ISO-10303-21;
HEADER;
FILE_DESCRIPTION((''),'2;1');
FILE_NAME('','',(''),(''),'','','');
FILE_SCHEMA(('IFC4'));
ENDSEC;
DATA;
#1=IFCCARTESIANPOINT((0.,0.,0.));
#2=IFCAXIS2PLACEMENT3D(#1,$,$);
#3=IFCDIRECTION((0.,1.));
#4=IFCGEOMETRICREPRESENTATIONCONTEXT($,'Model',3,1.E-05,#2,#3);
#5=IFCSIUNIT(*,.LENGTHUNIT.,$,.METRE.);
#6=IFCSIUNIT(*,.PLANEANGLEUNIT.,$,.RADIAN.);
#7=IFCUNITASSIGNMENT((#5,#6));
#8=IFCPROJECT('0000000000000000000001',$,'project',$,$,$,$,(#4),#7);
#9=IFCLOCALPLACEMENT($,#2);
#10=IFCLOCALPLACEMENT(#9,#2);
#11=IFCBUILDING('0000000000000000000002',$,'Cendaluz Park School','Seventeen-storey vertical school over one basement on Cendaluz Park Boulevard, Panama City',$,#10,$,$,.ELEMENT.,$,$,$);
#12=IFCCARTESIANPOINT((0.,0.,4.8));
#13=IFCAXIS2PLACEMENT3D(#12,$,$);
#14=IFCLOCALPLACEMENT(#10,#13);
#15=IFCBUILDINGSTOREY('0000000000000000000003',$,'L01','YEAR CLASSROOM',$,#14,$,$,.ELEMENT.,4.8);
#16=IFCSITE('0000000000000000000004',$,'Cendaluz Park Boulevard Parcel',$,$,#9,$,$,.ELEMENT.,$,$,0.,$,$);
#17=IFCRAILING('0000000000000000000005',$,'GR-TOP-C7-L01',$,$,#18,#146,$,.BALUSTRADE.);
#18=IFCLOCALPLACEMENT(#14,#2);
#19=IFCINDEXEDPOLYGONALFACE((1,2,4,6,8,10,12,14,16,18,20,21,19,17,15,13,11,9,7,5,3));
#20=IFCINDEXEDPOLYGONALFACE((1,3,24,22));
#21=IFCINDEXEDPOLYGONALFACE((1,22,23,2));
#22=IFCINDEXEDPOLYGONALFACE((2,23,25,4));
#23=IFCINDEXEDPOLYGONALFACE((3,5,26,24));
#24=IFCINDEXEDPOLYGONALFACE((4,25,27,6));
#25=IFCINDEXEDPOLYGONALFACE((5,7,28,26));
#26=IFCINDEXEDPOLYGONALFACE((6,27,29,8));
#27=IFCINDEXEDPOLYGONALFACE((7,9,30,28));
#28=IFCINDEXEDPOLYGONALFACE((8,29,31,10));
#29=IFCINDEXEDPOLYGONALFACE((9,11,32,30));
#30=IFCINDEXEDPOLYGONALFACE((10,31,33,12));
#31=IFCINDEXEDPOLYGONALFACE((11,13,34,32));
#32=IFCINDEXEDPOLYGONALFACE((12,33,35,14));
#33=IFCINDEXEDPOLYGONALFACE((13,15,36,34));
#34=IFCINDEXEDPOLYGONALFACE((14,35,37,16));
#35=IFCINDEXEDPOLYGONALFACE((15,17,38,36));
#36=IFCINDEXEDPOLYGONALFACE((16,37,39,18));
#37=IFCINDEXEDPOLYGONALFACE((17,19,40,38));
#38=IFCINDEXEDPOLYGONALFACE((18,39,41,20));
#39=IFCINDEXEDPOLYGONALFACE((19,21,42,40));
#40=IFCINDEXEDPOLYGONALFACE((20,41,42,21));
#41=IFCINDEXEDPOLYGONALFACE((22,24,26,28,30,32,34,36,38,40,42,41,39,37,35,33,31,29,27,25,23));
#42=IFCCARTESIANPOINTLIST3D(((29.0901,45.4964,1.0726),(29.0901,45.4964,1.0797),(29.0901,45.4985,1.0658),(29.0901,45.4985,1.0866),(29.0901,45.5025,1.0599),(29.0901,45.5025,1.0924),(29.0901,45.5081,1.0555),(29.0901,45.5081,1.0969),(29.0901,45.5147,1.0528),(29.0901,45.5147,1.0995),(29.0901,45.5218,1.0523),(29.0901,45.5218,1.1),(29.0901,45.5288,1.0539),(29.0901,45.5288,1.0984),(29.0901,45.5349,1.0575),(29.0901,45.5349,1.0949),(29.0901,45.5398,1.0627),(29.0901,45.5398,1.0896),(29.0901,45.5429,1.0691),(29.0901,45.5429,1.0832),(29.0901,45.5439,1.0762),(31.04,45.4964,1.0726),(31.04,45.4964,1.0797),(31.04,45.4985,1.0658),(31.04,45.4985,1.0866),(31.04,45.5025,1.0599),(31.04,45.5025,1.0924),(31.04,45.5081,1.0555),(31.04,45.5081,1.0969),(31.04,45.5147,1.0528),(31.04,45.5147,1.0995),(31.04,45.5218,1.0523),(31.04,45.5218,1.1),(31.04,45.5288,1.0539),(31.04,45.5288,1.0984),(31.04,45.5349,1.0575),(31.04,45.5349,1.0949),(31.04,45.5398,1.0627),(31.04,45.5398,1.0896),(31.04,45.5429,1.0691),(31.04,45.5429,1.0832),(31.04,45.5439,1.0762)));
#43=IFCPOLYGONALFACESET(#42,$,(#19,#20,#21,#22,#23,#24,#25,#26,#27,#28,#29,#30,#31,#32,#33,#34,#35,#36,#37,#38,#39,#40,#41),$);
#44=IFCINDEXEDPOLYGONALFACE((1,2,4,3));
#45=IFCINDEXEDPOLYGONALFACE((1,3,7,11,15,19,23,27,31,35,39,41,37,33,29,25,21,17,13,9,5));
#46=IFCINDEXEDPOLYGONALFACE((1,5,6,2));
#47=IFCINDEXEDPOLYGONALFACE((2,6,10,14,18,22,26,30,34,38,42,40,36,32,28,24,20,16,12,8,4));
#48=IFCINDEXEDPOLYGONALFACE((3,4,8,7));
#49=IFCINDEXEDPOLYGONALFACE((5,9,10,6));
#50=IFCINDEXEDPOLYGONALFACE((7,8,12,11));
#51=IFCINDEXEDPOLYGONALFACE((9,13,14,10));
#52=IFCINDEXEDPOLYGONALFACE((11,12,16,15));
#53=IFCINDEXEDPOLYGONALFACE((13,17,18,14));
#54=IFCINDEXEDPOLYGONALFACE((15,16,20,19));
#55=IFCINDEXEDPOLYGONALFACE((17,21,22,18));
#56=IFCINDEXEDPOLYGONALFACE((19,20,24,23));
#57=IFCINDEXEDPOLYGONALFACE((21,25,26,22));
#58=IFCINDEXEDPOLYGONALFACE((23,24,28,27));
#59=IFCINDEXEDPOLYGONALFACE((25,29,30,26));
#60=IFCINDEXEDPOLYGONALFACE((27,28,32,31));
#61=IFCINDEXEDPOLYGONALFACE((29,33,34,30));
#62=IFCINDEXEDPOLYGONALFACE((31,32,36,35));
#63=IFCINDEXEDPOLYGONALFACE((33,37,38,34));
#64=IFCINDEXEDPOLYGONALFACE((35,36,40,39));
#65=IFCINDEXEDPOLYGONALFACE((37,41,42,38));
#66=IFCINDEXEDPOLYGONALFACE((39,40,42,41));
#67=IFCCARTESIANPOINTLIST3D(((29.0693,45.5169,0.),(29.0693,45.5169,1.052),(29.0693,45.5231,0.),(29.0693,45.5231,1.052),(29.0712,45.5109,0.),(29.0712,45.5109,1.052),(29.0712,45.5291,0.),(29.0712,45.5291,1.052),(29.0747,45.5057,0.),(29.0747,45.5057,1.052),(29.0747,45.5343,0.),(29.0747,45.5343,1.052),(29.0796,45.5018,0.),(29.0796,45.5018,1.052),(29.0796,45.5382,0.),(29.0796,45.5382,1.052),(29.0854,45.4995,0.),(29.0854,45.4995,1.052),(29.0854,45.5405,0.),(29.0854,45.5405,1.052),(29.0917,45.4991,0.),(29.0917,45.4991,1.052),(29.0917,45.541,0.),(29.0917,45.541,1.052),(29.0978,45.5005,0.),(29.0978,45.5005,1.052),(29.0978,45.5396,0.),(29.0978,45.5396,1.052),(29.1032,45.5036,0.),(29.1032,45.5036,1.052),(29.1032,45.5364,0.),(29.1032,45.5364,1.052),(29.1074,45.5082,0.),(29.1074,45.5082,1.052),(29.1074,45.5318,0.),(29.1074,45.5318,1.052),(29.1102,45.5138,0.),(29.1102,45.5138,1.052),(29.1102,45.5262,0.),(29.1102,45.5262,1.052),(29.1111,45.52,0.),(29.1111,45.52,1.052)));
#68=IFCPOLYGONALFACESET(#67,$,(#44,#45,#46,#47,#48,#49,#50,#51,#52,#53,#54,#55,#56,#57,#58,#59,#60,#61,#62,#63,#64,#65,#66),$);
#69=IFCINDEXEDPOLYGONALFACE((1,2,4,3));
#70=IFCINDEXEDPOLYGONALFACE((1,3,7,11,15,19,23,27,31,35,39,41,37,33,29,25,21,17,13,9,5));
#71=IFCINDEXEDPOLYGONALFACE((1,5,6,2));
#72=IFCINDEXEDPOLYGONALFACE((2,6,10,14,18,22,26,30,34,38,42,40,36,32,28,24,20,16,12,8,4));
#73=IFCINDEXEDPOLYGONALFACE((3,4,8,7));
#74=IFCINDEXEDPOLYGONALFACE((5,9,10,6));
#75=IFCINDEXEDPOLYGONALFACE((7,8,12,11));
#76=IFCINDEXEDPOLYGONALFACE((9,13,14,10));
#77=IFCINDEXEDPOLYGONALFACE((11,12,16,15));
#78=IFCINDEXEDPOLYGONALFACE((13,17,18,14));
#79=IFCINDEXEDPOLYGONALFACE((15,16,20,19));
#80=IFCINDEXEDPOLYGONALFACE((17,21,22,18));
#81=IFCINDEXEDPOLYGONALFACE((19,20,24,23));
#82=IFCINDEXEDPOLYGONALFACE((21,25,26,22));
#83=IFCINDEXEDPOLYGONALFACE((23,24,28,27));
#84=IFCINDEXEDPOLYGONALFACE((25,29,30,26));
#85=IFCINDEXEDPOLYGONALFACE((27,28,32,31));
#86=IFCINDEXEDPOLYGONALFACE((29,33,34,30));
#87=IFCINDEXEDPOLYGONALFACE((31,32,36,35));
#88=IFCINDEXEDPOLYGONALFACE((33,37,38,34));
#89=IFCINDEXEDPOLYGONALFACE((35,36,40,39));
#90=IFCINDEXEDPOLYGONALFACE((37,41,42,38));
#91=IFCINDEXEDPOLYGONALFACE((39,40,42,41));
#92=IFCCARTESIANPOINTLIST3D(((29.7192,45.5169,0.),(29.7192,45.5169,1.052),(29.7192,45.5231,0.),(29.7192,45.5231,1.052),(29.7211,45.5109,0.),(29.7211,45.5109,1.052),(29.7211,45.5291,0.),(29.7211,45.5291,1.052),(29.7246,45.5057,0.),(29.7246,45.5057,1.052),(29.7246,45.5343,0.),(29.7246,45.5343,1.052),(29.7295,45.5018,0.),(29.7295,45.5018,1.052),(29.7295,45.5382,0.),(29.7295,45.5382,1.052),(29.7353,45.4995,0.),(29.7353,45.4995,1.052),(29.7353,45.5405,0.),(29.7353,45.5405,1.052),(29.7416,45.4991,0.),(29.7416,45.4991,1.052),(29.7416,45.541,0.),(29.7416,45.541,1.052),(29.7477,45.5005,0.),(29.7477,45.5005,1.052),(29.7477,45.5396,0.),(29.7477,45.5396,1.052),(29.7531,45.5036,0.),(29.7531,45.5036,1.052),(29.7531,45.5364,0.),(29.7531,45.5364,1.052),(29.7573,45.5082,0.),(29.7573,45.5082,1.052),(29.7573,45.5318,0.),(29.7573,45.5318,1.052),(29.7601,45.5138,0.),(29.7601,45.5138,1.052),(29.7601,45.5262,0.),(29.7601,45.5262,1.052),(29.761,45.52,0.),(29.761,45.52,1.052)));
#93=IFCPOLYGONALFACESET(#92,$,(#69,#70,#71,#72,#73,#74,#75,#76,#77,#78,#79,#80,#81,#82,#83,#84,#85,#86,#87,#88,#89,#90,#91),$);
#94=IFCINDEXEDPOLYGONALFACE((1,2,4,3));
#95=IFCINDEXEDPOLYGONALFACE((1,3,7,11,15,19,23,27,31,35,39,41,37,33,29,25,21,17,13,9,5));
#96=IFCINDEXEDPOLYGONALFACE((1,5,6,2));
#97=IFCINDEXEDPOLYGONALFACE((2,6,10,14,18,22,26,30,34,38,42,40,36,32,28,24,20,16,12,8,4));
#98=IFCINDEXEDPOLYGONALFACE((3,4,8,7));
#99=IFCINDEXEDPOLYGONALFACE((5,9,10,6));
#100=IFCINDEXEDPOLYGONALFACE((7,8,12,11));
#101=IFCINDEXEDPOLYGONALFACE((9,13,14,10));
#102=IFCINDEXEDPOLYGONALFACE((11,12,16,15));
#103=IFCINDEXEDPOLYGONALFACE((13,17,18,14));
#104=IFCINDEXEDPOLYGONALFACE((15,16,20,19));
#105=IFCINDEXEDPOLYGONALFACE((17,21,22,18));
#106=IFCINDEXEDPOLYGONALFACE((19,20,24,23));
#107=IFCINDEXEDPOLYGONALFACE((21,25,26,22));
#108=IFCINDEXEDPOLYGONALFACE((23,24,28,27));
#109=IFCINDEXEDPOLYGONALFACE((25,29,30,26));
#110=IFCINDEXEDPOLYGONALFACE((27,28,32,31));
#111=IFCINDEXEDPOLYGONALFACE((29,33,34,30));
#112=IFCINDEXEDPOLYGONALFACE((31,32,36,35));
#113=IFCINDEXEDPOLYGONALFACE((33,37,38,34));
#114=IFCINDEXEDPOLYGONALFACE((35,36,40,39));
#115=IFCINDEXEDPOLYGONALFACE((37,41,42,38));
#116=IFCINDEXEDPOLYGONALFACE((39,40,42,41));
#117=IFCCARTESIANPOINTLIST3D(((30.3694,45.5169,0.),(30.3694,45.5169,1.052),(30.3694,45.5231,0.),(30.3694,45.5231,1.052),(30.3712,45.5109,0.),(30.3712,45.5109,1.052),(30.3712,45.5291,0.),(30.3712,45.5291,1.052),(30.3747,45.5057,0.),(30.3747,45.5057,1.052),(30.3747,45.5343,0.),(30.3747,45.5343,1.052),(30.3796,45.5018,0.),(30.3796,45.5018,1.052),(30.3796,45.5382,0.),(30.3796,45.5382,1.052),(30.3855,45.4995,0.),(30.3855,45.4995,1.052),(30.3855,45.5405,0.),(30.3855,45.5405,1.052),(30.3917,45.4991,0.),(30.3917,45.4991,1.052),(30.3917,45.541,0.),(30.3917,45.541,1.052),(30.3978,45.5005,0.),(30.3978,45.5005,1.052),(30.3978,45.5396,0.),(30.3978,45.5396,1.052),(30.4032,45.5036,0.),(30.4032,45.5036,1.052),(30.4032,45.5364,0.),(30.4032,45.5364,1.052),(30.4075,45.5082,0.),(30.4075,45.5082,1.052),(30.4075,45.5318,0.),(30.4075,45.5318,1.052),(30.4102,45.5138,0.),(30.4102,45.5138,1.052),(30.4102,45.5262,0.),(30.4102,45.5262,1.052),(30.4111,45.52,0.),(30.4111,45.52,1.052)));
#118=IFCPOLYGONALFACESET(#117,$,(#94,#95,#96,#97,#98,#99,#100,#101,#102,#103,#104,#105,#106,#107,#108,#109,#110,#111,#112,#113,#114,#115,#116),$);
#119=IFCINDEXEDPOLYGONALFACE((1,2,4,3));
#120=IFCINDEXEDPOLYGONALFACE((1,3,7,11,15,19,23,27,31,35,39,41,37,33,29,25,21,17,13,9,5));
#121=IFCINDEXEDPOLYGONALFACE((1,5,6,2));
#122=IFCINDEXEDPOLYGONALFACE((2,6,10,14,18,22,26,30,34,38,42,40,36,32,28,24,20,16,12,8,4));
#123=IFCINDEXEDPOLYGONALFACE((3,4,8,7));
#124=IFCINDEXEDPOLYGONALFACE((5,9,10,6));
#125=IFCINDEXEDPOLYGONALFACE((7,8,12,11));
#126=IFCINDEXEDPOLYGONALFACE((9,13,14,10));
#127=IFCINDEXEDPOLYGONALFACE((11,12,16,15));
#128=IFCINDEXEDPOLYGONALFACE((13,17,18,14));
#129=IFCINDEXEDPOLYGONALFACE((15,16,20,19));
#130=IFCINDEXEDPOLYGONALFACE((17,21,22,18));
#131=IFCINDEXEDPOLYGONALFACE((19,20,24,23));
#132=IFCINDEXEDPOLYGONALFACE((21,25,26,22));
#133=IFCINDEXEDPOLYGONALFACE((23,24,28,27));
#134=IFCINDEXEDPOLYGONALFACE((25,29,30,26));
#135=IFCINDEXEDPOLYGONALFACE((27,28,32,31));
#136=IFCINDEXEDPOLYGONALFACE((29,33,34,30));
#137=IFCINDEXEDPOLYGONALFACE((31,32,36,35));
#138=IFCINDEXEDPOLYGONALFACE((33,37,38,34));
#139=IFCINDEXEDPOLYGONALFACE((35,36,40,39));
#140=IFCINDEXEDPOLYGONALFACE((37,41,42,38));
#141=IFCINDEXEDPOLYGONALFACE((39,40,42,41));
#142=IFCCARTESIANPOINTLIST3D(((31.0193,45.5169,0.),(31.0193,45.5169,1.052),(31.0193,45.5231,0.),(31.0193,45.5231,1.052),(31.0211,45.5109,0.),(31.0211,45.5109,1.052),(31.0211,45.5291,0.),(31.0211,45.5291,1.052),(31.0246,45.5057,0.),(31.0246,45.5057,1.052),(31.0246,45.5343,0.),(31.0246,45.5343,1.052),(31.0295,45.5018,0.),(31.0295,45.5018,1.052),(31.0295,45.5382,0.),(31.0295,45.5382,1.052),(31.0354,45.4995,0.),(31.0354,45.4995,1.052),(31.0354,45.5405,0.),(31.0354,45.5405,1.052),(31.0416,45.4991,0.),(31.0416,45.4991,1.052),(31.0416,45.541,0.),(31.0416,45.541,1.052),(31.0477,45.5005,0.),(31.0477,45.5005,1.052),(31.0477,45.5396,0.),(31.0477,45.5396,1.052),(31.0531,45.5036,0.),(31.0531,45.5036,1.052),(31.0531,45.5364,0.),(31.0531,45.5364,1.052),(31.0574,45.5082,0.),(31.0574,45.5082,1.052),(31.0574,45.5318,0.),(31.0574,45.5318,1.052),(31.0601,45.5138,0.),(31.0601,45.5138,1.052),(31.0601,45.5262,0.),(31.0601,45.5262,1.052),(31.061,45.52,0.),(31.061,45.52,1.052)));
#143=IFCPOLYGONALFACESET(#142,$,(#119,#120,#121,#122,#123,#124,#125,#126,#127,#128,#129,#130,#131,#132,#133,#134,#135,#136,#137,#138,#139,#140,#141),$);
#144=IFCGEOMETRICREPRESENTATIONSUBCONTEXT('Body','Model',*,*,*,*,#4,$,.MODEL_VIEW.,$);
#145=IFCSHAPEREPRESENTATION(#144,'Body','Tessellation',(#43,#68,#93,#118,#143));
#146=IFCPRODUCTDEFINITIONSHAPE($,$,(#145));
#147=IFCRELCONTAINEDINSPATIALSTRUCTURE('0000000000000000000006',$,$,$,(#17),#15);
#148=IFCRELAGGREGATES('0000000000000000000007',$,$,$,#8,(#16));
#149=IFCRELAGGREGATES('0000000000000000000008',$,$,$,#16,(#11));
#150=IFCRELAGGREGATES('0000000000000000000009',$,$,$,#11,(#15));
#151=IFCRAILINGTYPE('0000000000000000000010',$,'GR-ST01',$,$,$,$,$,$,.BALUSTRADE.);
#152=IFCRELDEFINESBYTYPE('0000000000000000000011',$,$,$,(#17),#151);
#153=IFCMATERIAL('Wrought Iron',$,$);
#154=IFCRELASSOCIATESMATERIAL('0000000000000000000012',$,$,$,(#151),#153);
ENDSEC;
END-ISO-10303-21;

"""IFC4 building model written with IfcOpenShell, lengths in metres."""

from ifc_helpers import new_model, si_unit, direction, frame, origin, origin_2d, place, context, subcontext, project, spatial, circle, extrude, material, type_object, element, save


model = new_model("IFC4")

# Units and contexts
model_context = context("Model", 3, precision=1e-05, world=origin(), true_north=direction((0.0, 1.0)))
body_context = subcontext(model_context, "Body", "Model", "MODEL_VIEW")
ifc_project = project(units=[si_unit("LENGTHUNIT", "METRE"), si_unit("PLANEANGLEUNIT", "RADIAN")], contexts=[model_context])

# Site, building, storey
site_placement = place(None, origin())
site = spatial("IfcSite", under=ifc_project, at=site_placement, Name="Cendaluz Park Boulevard Parcel", CompositionType="ELEMENT", RefElevation=0.0)
building_placement = place(site_placement, origin())
building = spatial("IfcBuilding", under=site, at=building_placement, Name="Cendaluz Park School", Description="Seventeen-storey vertical school over one basement on Cendaluz Park Boulevard, Panama City", CompositionType="ELEMENT")
storey_placement = place(building_placement, frame((0.0, 0.0, 4.8)))
storey = spatial("IfcBuildingStorey", under=building, at=storey_placement, Name="L01", Description="YEAR CLASSROOM", CompositionType="ELEMENT", Elevation=4.8)

# Railing
ifc_material_1 = material(Name="Wrought Iron")
railing_type = type_object("IfcRailingType", Name="GR-ST01", PredefinedType="BALUSTRADE", material=ifc_material_1)
railing_placement = place(storey_placement, frame((29.0901, 45.52, 0.0)))
element("IfcRailing", 1, at=railing_placement, inside=storey, type_object=railing_type, Name="GR-TOP-C7-L01", PredefinedType="BALUSTRADE", context=body_context, shape_type="SweptSolid", body=[
    extrude(circle(Radius=0.0239, at=origin_2d()), frame((0.0, 0.0, 1.0762), z_axis=(1.0, 0.0, 0.0), x_axis=(0.0, 1.0, 0.0)), (0.0, 0.0, 1.0), 1.95),
    extrude(circle(Radius=0.021, at=origin_2d()), origin(), (0.0, 0.0, 1.0), 1.052),
    extrude(circle(Radius=0.021, at=origin_2d()), frame((0.6499, 0.0, 0.0)), (0.0, 0.0, 1.0), 1.052),
    extrude(circle(Radius=0.021, at=origin_2d()), frame((1.3, 0.0, 0.0)), (0.0, 0.0, 1.0), 1.052),
    extrude(circle(Radius=0.021, at=origin_2d()), frame((1.95, 0.0, 0.0)), (0.0, 0.0, 1.0), 1.052),
])

save(model, "model.ifc")
